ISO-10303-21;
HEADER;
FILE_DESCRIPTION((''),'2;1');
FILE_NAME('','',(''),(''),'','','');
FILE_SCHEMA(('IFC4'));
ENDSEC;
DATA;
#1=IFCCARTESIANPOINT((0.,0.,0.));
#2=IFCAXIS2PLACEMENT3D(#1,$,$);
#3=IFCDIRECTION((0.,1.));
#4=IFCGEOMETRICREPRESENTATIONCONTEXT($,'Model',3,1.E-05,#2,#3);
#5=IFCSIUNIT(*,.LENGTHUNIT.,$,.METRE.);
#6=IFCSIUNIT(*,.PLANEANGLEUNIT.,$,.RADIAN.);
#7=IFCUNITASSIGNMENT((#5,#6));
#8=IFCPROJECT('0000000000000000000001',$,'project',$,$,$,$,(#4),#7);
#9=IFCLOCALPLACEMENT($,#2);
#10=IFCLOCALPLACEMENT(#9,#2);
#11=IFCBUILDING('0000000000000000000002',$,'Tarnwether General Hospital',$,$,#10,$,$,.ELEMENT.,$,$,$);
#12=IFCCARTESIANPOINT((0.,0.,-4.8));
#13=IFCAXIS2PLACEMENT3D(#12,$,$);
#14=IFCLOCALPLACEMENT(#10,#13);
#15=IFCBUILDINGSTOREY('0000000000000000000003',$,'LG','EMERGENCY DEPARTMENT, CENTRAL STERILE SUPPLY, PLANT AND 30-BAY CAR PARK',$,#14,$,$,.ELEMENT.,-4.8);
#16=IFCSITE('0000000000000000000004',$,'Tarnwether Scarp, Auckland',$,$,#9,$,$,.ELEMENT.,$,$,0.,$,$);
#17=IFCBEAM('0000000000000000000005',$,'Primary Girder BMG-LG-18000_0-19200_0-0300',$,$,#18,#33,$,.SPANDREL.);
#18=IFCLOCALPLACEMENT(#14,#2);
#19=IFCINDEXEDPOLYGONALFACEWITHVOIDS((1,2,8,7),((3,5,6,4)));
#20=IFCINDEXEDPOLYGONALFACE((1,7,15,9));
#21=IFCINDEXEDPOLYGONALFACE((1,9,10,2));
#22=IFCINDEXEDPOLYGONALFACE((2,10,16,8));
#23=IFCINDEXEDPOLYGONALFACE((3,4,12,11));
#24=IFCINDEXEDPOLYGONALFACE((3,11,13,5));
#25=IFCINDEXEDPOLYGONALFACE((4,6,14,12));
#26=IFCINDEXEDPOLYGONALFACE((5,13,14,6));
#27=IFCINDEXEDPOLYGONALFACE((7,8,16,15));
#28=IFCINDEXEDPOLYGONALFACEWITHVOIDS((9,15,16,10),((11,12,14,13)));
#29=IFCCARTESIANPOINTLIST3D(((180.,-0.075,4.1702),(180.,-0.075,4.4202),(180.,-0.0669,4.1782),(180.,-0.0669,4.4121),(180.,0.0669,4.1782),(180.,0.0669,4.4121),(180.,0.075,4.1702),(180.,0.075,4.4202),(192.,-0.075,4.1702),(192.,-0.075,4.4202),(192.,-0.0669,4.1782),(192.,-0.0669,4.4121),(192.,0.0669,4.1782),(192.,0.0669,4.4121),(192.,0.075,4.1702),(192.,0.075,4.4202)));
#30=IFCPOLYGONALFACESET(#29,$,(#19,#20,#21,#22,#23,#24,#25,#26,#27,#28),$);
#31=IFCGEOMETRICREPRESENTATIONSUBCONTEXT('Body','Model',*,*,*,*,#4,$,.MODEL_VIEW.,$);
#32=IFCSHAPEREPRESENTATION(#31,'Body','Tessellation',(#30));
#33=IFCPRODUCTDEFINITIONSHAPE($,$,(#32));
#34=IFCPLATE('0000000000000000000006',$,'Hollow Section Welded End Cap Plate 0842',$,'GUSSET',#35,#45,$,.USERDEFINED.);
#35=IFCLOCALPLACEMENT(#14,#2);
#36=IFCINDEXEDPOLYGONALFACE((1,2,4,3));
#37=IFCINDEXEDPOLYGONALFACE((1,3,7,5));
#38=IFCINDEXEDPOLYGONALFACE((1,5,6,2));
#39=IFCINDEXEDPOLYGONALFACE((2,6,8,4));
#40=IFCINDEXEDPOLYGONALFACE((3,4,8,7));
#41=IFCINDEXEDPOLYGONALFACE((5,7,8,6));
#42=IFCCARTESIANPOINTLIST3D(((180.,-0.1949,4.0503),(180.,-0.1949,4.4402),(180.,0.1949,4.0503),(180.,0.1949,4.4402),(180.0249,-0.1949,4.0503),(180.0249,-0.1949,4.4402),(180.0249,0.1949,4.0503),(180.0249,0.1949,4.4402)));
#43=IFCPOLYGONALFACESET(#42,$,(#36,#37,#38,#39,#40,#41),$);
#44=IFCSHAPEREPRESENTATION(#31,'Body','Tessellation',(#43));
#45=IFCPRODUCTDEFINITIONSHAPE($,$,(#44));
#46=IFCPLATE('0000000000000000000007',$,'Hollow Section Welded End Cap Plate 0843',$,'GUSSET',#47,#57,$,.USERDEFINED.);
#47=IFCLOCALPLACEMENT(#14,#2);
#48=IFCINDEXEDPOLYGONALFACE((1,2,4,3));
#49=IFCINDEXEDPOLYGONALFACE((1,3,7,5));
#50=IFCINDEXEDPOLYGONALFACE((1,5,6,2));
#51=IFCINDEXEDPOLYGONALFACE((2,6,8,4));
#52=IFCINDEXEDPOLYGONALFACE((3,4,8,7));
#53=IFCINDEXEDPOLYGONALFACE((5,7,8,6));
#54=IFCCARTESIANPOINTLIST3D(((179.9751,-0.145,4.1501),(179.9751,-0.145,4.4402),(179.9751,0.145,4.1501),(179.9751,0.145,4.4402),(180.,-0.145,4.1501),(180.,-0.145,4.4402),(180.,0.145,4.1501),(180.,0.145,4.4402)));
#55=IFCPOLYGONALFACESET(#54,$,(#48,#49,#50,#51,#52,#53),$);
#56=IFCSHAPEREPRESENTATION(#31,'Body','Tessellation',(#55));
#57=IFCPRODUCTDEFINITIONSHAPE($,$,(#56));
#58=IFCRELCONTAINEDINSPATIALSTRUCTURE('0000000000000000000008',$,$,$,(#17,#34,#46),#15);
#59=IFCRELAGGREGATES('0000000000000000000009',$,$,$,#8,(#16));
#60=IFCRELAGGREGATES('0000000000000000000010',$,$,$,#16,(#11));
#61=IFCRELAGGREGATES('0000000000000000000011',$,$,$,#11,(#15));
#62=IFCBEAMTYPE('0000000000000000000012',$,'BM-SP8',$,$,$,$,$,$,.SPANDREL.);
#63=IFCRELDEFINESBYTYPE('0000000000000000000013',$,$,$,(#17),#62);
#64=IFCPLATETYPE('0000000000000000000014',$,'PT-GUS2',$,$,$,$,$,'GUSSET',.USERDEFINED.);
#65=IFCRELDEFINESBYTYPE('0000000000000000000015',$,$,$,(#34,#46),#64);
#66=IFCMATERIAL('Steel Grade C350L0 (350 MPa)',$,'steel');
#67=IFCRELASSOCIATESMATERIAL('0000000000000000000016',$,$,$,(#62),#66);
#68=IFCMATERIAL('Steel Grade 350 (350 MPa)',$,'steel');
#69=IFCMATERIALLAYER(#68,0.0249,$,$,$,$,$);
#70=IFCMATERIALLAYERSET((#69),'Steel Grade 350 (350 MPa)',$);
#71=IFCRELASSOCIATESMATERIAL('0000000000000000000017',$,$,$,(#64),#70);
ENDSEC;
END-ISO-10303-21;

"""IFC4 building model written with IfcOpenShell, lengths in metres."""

from ifc_helpers import new_model, si_unit, direction, frame, origin, origin_2d, place, context, subcontext, project, spatial, rectangle, hollow_rectangle, extrude, material, layer, layer_set, material_profile, profile_set, type_object, element, save


model = new_model("IFC4")

# Units and contexts
model_context = context("Model", 3, precision=1e-05, world=origin(), true_north=direction((0.0, 1.0)))
body_context = subcontext(model_context, "Body", "Model", "MODEL_VIEW")
ifc_project = project(units=[si_unit("LENGTHUNIT", "METRE"), si_unit("PLANEANGLEUNIT", "RADIAN")], contexts=[model_context])

# Site, building, storey
site_placement = place(None, origin())
site = spatial("IfcSite", under=ifc_project, at=site_placement, Name="Tarnwether Scarp, Auckland", CompositionType="ELEMENT", RefElevation=0.0)
building_placement = place(site_placement, origin())
building = spatial("IfcBuilding", under=site, at=building_placement, Name="Tarnwether General Hospital", CompositionType="ELEMENT")
storey_placement = place(building_placement, frame((0.0, 0.0, -4.8)))
storey = spatial("IfcBuildingStorey", under=building, at=storey_placement, Name="LG", Description="EMERGENCY DEPARTMENT, CENTRAL STERILE SUPPLY, PLANT AND 30-BAY CAR PARK", CompositionType="ELEMENT", Elevation=-4.8)

# Beam
ifc_material_1 = material(Name="Steel Grade C350L0 (350 MPa)", Category="steel")
ifc_material_profile_1 = material_profile(ifc_material_1, hollow_rectangle(XDim=0.1499, YDim=0.25, WallThickness=0.0081, at=origin_2d()), Name="RHS250x150x8")
ifc_profile_set_1 = profile_set([ifc_material_profile_1], Name="Steel Grade C350L0 (350 MPa)")
beam_type_1 = type_object("IfcBeamType", Name="BM-SP8", PredefinedType="SPANDREL", material=ifc_profile_set_1)
beam_1_placement = place(storey_placement, frame((180.0, 0.0, 4.2952), z_axis=(1.0, 0.0, 0.0), x_axis=(0.0, 1.0, 0.0)))
element("IfcBeam", 1, at=beam_1_placement, inside=storey, type_object=beam_type_1, Name="Primary Girder BMG-LG-18000_0-19200_0-0300", PredefinedType="SPANDREL", context=body_context, shape_type="SweptSolid", body=[
    extrude(hollow_rectangle(XDim=0.1499, YDim=0.25, WallThickness=0.0081, at=origin_2d()), origin(), (0.0, 0.0, 1.0), 12.0),
])

# Plates
ifc_material_2 = material(Name="Steel Grade 350 (350 MPa)", Category="steel")
ifc_layer = layer(ifc_material_2, 0.0249)
ifc_layer_set = layer_set([ifc_layer], Name="Steel Grade 350 (350 MPa)")
plate_type = type_object("IfcPlateType", Name="PT-GUS2", ElementType="GUSSET", PredefinedType="USERDEFINED", material=ifc_layer_set)
plate_1_placement = place(storey_placement, frame((180.0125, 0.0, 4.0503), z_axis=(0.0, 0.0, 1.0), x_axis=(1.0, 0.0, 0.0)))
element("IfcPlate", 2, at=plate_1_placement, inside=storey, type_object=plate_type, Name="Hollow Section Welded End Cap Plate 0842", ObjectType="GUSSET", PredefinedType="USERDEFINED", context=body_context, shape_type="SweptSolid", body=[
    extrude(rectangle(XDim=0.0249, YDim=0.3899, at=origin_2d()), origin(), (0.0, 0.0, 1.0), 0.3899),
])
plate_2_placement = place(storey_placement, frame((179.9875, 0.0, 4.1501), z_axis=(0.0, 0.0, 1.0), x_axis=(1.0, 0.0, 0.0)))
element("IfcPlate", 3, at=plate_2_placement, inside=storey, type_object=plate_type, Name="Hollow Section Welded End Cap Plate 0843", ObjectType="GUSSET", PredefinedType="USERDEFINED", context=body_context, shape_type="SweptSolid", body=[
    extrude(rectangle(XDim=0.0249, YDim=0.29, at=origin_2d()), origin(), (0.0, 0.0, 1.0), 0.29),
])

save(model, "model.ifc")
